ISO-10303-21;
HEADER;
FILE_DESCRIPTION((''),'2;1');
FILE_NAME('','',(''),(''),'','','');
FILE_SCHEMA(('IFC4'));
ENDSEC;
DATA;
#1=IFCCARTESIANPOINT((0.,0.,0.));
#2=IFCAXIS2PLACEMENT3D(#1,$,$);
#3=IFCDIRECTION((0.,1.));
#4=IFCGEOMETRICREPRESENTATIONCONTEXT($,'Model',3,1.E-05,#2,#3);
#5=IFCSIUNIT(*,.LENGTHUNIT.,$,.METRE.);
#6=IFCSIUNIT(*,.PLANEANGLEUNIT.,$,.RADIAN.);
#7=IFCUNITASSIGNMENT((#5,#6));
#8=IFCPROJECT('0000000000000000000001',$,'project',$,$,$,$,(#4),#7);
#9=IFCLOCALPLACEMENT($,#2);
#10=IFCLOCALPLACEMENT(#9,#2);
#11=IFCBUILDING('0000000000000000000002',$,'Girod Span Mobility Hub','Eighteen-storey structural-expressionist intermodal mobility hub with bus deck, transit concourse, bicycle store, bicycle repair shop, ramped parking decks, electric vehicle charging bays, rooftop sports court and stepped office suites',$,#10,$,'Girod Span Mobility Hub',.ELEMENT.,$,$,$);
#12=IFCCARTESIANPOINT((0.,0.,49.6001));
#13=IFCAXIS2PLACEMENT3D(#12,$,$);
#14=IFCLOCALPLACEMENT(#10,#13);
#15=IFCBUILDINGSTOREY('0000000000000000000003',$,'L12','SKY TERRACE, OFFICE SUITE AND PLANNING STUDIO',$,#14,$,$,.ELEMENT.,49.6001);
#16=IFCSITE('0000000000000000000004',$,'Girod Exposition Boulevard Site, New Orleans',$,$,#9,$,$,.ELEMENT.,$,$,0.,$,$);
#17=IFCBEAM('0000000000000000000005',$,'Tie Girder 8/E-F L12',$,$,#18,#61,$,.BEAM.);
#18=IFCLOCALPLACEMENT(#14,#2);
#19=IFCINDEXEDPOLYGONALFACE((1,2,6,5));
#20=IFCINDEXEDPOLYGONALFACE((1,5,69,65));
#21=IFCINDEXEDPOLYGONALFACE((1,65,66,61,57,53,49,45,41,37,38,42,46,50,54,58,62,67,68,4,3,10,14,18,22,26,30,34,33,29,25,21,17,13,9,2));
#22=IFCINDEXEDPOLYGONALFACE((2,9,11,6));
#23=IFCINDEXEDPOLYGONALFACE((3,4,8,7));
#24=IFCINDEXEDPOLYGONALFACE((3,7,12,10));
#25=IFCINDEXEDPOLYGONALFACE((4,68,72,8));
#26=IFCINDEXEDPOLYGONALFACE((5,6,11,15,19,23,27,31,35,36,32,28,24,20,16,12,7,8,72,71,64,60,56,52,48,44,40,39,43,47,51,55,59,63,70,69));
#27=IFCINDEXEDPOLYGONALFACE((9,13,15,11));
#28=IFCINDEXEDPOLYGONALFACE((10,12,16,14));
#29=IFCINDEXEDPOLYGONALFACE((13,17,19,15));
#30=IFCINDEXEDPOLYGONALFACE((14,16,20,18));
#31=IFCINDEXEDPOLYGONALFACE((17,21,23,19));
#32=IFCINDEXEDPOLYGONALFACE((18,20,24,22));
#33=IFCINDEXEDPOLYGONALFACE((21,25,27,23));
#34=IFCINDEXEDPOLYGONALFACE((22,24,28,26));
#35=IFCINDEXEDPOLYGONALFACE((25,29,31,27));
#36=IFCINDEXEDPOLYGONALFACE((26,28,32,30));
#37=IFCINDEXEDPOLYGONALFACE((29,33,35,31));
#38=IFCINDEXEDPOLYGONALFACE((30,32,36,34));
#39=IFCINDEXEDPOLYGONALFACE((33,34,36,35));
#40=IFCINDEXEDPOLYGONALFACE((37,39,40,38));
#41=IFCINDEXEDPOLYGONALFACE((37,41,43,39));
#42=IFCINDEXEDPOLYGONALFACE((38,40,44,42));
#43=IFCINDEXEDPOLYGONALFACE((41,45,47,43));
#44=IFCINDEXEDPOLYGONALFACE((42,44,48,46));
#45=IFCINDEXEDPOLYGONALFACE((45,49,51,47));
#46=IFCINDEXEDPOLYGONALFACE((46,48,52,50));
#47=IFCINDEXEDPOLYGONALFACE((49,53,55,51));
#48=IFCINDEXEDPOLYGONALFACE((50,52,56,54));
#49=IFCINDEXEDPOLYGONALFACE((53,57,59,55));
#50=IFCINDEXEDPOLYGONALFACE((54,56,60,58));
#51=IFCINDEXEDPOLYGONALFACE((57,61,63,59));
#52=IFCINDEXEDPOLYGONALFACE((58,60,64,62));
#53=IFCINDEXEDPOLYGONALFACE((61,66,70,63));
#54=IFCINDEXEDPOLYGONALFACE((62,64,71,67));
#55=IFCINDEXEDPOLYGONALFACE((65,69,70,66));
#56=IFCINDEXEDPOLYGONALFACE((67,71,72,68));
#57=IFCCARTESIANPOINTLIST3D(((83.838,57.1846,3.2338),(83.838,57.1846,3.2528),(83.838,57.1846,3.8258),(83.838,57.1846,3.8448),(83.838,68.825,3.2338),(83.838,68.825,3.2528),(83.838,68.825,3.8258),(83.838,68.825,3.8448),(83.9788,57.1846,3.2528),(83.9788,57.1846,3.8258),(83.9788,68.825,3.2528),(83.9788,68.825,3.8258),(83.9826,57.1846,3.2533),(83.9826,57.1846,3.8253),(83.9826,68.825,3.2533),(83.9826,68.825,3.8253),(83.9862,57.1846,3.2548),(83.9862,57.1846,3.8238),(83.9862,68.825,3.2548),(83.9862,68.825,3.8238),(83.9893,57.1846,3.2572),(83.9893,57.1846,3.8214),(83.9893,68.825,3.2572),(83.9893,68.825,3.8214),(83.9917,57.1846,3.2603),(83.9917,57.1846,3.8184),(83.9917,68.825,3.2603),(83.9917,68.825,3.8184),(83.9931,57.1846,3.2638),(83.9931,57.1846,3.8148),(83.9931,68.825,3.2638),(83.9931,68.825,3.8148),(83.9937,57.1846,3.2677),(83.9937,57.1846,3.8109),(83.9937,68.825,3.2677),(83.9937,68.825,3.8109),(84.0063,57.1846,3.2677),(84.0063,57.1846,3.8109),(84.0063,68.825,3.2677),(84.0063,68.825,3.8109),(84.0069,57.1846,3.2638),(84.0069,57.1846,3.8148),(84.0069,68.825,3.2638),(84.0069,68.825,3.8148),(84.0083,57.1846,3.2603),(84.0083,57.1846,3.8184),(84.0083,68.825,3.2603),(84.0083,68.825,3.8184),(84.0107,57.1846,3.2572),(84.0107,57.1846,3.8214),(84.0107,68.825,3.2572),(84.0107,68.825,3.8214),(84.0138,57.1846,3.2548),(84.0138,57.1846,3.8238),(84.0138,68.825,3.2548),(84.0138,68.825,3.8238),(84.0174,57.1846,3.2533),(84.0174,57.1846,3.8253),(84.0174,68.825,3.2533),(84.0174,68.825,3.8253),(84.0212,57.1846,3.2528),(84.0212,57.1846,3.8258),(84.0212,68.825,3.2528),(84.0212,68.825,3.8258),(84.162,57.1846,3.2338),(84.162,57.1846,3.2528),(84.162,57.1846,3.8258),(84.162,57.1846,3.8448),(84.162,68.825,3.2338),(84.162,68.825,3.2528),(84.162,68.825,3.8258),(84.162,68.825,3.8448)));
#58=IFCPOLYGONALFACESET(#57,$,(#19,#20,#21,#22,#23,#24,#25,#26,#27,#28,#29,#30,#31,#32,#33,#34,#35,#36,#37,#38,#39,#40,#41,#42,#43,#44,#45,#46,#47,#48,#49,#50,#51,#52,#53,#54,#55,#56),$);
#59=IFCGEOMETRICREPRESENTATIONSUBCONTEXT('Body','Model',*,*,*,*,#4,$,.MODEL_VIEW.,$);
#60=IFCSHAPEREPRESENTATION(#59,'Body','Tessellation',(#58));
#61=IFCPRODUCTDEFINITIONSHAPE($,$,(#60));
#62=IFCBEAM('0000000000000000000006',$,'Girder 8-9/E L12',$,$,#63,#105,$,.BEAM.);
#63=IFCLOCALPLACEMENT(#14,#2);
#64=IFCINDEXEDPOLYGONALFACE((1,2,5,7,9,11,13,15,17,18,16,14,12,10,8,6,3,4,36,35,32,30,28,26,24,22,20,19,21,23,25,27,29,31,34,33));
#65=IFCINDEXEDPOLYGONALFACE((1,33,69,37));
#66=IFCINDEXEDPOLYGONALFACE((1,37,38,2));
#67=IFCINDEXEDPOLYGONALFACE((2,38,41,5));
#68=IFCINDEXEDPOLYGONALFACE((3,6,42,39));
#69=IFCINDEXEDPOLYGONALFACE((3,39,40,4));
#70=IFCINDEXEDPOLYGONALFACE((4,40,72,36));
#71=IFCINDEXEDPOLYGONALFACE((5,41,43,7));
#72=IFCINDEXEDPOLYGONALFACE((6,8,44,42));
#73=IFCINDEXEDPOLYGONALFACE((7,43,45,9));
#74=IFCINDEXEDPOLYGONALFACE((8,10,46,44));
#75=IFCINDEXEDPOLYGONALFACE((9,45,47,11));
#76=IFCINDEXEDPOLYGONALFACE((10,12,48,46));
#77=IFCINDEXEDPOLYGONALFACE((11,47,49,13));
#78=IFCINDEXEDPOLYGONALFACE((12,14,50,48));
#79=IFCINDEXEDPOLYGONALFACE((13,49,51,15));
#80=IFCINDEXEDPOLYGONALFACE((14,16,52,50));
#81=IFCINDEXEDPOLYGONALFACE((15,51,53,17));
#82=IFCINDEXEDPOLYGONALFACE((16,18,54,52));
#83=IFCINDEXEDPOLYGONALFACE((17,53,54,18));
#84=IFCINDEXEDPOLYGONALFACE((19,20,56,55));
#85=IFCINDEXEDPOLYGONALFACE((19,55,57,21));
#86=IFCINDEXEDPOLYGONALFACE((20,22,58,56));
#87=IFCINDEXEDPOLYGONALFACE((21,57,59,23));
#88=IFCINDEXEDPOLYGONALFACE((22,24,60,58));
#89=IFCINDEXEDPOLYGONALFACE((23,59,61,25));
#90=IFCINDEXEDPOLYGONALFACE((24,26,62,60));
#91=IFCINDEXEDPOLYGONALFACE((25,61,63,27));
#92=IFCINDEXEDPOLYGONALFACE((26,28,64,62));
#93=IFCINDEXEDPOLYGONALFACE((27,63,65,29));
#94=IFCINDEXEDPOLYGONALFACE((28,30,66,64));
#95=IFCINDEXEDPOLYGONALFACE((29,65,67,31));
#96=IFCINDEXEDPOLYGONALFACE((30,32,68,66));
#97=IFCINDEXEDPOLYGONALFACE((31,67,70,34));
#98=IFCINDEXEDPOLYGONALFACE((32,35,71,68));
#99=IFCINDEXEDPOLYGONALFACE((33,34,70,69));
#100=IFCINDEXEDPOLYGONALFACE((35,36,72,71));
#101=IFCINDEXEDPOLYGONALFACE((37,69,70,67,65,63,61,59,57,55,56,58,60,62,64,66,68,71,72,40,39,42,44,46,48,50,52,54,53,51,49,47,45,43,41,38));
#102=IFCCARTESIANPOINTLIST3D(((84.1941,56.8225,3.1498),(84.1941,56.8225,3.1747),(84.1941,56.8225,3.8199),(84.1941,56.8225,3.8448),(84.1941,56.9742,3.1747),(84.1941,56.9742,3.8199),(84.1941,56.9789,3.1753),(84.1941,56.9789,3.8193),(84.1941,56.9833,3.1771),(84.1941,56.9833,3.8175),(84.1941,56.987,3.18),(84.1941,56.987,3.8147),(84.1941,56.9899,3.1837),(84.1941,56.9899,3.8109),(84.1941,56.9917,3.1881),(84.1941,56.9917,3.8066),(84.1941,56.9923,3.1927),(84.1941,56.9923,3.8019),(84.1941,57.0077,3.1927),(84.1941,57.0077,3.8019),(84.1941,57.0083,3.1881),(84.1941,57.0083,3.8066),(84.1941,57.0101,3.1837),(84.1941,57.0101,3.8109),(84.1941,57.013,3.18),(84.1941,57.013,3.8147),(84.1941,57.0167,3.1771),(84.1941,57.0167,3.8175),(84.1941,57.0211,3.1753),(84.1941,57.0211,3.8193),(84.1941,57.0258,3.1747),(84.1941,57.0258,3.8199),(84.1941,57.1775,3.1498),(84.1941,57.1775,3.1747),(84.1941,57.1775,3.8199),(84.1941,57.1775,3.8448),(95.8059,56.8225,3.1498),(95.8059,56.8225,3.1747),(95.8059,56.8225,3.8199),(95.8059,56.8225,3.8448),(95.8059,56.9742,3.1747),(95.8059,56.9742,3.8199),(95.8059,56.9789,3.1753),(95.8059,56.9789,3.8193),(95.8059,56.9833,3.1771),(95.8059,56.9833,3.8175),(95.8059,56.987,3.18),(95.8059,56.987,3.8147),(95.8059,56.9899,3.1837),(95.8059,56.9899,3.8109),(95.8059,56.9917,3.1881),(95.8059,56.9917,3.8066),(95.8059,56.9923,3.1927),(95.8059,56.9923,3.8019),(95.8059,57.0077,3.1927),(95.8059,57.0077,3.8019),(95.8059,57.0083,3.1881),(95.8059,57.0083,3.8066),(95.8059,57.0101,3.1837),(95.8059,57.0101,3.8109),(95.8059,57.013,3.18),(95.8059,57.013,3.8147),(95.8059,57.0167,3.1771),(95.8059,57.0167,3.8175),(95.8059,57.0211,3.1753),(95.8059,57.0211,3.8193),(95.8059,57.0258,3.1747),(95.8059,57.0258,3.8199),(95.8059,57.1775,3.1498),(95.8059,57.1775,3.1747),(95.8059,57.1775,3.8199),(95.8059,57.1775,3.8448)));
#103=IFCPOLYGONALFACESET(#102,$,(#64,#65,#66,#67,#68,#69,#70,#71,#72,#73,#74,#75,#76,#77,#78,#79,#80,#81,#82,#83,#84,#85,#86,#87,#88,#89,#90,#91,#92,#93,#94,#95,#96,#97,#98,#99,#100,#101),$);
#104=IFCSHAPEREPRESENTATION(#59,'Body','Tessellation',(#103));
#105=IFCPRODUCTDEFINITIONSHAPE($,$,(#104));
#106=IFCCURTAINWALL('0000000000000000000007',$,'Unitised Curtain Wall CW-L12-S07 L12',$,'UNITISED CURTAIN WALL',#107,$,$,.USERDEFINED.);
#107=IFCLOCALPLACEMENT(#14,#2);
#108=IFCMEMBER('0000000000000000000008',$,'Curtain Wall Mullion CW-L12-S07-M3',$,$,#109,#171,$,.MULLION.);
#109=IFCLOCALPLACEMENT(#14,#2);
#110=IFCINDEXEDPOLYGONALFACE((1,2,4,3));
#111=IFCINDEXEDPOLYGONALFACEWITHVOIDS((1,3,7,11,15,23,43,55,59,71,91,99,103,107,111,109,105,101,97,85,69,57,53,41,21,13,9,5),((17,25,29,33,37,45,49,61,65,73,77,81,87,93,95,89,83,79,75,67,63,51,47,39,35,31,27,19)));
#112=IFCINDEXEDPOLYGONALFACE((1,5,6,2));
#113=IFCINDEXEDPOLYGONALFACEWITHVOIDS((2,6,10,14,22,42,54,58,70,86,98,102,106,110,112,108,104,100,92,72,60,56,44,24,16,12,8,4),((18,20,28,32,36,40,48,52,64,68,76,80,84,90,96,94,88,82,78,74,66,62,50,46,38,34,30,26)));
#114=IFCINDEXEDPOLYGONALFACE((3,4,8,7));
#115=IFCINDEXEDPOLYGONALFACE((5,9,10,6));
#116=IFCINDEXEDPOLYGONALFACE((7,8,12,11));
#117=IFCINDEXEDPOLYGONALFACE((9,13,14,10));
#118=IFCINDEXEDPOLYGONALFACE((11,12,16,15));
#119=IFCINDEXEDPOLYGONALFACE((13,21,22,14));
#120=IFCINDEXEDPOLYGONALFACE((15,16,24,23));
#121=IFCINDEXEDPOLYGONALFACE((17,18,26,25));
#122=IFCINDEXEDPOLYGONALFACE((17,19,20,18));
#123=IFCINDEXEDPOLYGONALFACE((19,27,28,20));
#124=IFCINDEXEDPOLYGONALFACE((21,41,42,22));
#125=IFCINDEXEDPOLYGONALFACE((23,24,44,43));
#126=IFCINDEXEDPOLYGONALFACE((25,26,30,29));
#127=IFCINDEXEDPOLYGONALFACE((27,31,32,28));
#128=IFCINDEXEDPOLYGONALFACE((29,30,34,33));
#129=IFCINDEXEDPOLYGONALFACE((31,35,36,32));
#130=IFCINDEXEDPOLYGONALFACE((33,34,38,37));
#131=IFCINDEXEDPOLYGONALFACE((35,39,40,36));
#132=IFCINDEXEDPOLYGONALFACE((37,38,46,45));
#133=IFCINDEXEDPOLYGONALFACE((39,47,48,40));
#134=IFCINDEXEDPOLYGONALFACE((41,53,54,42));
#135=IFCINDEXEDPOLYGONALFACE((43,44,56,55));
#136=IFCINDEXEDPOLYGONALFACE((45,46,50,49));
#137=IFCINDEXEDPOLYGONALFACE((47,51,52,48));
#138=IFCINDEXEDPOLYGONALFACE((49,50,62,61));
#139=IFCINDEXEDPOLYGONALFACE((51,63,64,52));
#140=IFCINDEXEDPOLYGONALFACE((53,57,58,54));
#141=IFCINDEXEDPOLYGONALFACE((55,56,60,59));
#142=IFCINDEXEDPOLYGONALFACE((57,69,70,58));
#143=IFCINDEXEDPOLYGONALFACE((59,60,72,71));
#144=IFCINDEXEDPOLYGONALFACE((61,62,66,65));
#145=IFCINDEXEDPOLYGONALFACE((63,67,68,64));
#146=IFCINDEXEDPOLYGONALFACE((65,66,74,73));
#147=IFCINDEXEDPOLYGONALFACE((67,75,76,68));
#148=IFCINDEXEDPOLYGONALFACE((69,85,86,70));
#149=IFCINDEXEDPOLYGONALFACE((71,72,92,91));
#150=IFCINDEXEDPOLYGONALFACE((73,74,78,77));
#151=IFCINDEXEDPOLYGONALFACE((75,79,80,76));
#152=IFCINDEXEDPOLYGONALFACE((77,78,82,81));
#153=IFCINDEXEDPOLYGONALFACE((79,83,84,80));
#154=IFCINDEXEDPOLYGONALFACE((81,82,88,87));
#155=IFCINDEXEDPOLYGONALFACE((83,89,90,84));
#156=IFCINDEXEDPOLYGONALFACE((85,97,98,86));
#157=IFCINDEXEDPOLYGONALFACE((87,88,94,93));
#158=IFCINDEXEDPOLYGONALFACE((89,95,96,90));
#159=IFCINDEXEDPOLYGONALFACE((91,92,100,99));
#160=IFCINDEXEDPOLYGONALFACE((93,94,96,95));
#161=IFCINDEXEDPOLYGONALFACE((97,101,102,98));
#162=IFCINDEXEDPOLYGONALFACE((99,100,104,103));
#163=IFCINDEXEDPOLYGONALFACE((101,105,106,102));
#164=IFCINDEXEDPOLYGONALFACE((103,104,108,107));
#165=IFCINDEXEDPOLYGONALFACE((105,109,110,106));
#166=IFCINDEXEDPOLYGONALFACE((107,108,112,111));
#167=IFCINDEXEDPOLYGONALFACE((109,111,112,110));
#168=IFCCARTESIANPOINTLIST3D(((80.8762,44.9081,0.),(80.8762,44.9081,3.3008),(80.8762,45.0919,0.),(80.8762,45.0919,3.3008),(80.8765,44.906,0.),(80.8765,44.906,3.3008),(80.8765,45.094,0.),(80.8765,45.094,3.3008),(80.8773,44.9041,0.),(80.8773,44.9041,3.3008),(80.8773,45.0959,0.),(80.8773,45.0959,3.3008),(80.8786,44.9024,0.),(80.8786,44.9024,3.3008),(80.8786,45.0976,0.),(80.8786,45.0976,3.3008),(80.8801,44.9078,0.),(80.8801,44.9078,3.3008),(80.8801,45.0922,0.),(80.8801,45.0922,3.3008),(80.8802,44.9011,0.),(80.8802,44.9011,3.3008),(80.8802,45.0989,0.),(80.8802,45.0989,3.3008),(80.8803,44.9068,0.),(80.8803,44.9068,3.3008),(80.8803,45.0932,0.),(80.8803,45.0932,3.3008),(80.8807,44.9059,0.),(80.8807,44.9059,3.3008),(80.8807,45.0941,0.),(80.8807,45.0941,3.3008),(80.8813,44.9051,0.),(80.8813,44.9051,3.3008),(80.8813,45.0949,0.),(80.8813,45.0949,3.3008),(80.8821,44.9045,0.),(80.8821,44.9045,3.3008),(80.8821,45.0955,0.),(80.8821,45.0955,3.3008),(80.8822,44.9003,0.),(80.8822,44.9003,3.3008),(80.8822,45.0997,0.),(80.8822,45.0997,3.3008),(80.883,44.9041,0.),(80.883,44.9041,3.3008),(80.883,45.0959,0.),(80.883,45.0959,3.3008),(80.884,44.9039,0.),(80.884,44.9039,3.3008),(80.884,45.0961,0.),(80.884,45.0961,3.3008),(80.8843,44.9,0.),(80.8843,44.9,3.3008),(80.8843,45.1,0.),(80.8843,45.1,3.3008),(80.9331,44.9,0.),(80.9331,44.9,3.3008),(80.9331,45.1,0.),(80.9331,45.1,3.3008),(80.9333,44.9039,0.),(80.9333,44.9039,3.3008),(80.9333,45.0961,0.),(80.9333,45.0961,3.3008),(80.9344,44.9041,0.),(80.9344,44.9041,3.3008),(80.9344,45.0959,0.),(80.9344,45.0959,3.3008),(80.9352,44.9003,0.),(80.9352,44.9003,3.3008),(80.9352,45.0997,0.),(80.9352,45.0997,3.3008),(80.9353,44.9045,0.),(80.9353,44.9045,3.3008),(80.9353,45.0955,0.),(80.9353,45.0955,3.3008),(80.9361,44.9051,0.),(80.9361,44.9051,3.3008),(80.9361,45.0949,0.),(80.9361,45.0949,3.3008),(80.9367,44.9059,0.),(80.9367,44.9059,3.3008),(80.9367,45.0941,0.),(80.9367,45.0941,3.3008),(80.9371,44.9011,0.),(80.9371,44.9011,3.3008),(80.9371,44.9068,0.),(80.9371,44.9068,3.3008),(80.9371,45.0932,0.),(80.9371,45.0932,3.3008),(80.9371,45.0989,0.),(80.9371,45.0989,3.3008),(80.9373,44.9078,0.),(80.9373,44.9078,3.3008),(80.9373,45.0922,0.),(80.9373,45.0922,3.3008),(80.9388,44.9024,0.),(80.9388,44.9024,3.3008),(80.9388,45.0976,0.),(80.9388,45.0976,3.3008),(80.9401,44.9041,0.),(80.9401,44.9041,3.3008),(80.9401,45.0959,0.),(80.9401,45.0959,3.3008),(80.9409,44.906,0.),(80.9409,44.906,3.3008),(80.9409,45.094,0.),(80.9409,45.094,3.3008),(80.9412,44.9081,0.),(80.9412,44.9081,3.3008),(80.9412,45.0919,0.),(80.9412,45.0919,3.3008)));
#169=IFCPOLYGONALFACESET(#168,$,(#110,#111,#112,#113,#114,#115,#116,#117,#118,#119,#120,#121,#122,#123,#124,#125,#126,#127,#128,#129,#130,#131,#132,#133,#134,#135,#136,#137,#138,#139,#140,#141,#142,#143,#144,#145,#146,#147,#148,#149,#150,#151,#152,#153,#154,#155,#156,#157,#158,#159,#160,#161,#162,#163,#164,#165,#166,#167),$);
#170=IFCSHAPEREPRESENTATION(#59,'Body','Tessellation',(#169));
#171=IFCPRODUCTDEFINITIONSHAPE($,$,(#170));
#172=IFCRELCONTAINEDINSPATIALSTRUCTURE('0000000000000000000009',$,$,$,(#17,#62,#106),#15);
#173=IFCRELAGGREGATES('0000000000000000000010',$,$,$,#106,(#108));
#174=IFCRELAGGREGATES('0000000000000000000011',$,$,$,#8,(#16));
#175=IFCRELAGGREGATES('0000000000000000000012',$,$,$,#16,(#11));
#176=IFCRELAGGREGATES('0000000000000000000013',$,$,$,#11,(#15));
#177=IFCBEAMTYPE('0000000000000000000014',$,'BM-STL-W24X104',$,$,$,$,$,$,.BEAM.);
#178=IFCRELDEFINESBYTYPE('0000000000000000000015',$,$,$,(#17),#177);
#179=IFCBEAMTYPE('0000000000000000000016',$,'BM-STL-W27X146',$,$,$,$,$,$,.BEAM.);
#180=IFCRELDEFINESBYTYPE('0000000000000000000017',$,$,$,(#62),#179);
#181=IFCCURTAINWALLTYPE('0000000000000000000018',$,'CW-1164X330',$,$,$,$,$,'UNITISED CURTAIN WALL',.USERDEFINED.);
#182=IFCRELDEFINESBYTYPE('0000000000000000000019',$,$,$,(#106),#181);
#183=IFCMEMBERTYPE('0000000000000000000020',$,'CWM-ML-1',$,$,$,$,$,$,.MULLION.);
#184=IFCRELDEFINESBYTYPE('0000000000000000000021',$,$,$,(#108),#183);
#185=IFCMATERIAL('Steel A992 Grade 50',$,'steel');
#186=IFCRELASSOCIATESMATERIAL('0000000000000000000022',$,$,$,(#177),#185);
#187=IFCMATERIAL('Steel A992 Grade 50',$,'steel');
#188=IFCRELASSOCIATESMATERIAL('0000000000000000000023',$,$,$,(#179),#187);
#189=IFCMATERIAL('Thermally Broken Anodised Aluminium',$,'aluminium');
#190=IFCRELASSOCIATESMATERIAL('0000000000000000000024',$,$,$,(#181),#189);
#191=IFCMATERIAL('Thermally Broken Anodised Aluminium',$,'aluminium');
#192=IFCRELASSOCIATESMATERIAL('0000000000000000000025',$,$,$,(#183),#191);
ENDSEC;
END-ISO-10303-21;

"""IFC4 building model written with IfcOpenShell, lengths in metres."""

from ifc_helpers import new_model, si_unit, direction, frame, origin, origin_2d, place, context, subcontext, project, spatial, hollow_rectangle, i_section, extrude, material, material_profile, profile_set, type_object, element, aggregate, save


model = new_model("IFC4")

# Units and contexts
model_context = context("Model", 3, precision=1e-05, world=origin(), true_north=direction((0.0, 1.0)))
body_context = subcontext(model_context, "Body", "Model", "MODEL_VIEW")
ifc_project = project(units=[si_unit("LENGTHUNIT", "METRE"), si_unit("PLANEANGLEUNIT", "RADIAN")], contexts=[model_context])

# Site, building, storey
site_placement = place(None, origin())
site = spatial("IfcSite", under=ifc_project, at=site_placement, Name="Girod Exposition Boulevard Site, New Orleans", CompositionType="ELEMENT", RefElevation=0.0)
building_placement = place(site_placement, origin())
building = spatial("IfcBuilding", under=site, at=building_placement, Name="Girod Span Mobility Hub", Description="Eighteen-storey structural-expressionist intermodal mobility hub with bus deck, transit concourse, bicycle store, bicycle repair shop, ramped parking decks, electric vehicle charging bays, rooftop sports court and stepped office suites", LongName="Girod Span Mobility Hub", CompositionType="ELEMENT")
storey_placement = place(building_placement, frame((0.0, 0.0, 49.6001)))
storey = spatial("IfcBuildingStorey", under=building, at=storey_placement, Name="L12", Description="SKY TERRACE, OFFICE SUITE AND PLANNING STUDIO", CompositionType="ELEMENT", Elevation=49.6001)

# Beams
ifc_material_1 = material(Name="Steel A992 Grade 50", Category="steel")
ifc_material_profile_1 = material_profile(ifc_material_1, i_section(OverallWidth=0.324, OverallDepth=0.6111, WebThickness=0.0127, FlangeThickness=0.019, FilletRadius=0.0149, at=origin_2d()), Name="W24X104")
ifc_profile_set_1 = profile_set([ifc_material_profile_1], Name="Steel A992 Grade 50")
beam_type_1 = type_object("IfcBeamType", Name="BM-STL-W24X104", PredefinedType="BEAM", material=ifc_profile_set_1)
for number, where, z_axis, x_axis, name in (
    (1, (84.0, 57.1846, 3.5393), (0.0, 1.0, 0.0), (-1.0, 0.0, 0.0), "Tie Girder 8/E-F L12"),
):
    element("IfcBeam", number, at=place(storey_placement, frame(where, z_axis=z_axis, x_axis=x_axis)), inside=storey, type_object=beam_type_1, Name=name, PredefinedType="BEAM", context=body_context, shape_type="SweptSolid", body=[
        extrude(i_section(OverallWidth=0.324, OverallDepth=0.6111, WebThickness=0.0127, FlangeThickness=0.019, FilletRadius=0.0149, at=origin_2d()), origin(), (0.0, 0.0, 1.0), 11.6404),
    ])
ifc_material_2 = material(Name="Steel A992 Grade 50", Category="steel")
ifc_material_profile_2 = material_profile(ifc_material_2, i_section(OverallWidth=0.355, OverallDepth=0.6951, WebThickness=0.0154, FlangeThickness=0.0249, FilletRadius=0.0181, at=origin_2d()), Name="W27X146")
ifc_profile_set_2 = profile_set([ifc_material_profile_2], Name="Steel A992 Grade 50")
beam_type_2 = type_object("IfcBeamType", Name="BM-STL-W27X146", PredefinedType="BEAM", material=ifc_profile_set_2)
beam_1_placement = place(storey_placement, frame((84.1941, 57.0, 3.4973), z_axis=(1.0, 0.0, 0.0), x_axis=(0.0, 1.0, 0.0)))
element("IfcBeam", 2, at=beam_1_placement, inside=storey, type_object=beam_type_2, Name="Girder 8-9/E L12", PredefinedType="BEAM", context=body_context, shape_type="SweptSolid", body=[
    extrude(i_section(OverallWidth=0.355, OverallDepth=0.6951, WebThickness=0.0154, FlangeThickness=0.0249, FilletRadius=0.0181, at=origin_2d()), origin(), (0.0, 0.0, 1.0), 11.6118),
])

# Curtain wall, member
ifc_material_3 = material(Name="Thermally Broken Anodised Aluminium", Category="aluminium")
curtain_wall_type = type_object("IfcCurtainWallType", Name="CW-1164X330", ElementType="UNITISED CURTAIN WALL", PredefinedType="USERDEFINED", material=ifc_material_3)
curtain_wall_1_placement = place(storey_placement, origin())
curtain_wall_1 = element("IfcCurtainWall", 3, at=curtain_wall_1_placement, inside=storey, type_object=curtain_wall_type, Name="Unitised Curtain Wall CW-L12-S07 L12", ObjectType="UNITISED CURTAIN WALL", PredefinedType="USERDEFINED")
ifc_material_4 = material(Name="Thermally Broken Anodised Aluminium", Category="aluminium")
ifc_material_profile_3 = material_profile(ifc_material_4, hollow_rectangle(XDim=0.2, YDim=0.0649, WallThickness=0.0039, InnerFilletRadius=0.0039, OuterFilletRadius=0.0081, at=origin_2d()), Name="CW-ML-65X200")
ifc_profile_set_3 = profile_set([ifc_material_profile_3], Name="Thermally Broken Anodised Aluminium")
member_type_1 = type_object("IfcMemberType", Name="CWM-ML-1", PredefinedType="MULLION", material=ifc_profile_set_3)
member_1_placement = place(storey_placement, frame((80.9087, 45.0, 0.0), z_axis=(0.0, 0.0, 1.0), x_axis=(0.0, 1.0, 0.0)))
member_1 = element("IfcMember", 4, at=member_1_placement, type_object=member_type_1, Name="Curtain Wall Mullion CW-L12-S07-M3", PredefinedType="MULLION", context=body_context, shape_type="SweptSolid", body=[
    extrude(hollow_rectangle(XDim=0.2, YDim=0.0649, WallThickness=0.0039, InnerFilletRadius=0.0039, OuterFilletRadius=0.0081, at=origin_2d()), origin(), (0.0, 0.0, 1.0), 3.3008),
])

aggregate(curtain_wall_1, [member_1])

save(model, "model.ifc")
